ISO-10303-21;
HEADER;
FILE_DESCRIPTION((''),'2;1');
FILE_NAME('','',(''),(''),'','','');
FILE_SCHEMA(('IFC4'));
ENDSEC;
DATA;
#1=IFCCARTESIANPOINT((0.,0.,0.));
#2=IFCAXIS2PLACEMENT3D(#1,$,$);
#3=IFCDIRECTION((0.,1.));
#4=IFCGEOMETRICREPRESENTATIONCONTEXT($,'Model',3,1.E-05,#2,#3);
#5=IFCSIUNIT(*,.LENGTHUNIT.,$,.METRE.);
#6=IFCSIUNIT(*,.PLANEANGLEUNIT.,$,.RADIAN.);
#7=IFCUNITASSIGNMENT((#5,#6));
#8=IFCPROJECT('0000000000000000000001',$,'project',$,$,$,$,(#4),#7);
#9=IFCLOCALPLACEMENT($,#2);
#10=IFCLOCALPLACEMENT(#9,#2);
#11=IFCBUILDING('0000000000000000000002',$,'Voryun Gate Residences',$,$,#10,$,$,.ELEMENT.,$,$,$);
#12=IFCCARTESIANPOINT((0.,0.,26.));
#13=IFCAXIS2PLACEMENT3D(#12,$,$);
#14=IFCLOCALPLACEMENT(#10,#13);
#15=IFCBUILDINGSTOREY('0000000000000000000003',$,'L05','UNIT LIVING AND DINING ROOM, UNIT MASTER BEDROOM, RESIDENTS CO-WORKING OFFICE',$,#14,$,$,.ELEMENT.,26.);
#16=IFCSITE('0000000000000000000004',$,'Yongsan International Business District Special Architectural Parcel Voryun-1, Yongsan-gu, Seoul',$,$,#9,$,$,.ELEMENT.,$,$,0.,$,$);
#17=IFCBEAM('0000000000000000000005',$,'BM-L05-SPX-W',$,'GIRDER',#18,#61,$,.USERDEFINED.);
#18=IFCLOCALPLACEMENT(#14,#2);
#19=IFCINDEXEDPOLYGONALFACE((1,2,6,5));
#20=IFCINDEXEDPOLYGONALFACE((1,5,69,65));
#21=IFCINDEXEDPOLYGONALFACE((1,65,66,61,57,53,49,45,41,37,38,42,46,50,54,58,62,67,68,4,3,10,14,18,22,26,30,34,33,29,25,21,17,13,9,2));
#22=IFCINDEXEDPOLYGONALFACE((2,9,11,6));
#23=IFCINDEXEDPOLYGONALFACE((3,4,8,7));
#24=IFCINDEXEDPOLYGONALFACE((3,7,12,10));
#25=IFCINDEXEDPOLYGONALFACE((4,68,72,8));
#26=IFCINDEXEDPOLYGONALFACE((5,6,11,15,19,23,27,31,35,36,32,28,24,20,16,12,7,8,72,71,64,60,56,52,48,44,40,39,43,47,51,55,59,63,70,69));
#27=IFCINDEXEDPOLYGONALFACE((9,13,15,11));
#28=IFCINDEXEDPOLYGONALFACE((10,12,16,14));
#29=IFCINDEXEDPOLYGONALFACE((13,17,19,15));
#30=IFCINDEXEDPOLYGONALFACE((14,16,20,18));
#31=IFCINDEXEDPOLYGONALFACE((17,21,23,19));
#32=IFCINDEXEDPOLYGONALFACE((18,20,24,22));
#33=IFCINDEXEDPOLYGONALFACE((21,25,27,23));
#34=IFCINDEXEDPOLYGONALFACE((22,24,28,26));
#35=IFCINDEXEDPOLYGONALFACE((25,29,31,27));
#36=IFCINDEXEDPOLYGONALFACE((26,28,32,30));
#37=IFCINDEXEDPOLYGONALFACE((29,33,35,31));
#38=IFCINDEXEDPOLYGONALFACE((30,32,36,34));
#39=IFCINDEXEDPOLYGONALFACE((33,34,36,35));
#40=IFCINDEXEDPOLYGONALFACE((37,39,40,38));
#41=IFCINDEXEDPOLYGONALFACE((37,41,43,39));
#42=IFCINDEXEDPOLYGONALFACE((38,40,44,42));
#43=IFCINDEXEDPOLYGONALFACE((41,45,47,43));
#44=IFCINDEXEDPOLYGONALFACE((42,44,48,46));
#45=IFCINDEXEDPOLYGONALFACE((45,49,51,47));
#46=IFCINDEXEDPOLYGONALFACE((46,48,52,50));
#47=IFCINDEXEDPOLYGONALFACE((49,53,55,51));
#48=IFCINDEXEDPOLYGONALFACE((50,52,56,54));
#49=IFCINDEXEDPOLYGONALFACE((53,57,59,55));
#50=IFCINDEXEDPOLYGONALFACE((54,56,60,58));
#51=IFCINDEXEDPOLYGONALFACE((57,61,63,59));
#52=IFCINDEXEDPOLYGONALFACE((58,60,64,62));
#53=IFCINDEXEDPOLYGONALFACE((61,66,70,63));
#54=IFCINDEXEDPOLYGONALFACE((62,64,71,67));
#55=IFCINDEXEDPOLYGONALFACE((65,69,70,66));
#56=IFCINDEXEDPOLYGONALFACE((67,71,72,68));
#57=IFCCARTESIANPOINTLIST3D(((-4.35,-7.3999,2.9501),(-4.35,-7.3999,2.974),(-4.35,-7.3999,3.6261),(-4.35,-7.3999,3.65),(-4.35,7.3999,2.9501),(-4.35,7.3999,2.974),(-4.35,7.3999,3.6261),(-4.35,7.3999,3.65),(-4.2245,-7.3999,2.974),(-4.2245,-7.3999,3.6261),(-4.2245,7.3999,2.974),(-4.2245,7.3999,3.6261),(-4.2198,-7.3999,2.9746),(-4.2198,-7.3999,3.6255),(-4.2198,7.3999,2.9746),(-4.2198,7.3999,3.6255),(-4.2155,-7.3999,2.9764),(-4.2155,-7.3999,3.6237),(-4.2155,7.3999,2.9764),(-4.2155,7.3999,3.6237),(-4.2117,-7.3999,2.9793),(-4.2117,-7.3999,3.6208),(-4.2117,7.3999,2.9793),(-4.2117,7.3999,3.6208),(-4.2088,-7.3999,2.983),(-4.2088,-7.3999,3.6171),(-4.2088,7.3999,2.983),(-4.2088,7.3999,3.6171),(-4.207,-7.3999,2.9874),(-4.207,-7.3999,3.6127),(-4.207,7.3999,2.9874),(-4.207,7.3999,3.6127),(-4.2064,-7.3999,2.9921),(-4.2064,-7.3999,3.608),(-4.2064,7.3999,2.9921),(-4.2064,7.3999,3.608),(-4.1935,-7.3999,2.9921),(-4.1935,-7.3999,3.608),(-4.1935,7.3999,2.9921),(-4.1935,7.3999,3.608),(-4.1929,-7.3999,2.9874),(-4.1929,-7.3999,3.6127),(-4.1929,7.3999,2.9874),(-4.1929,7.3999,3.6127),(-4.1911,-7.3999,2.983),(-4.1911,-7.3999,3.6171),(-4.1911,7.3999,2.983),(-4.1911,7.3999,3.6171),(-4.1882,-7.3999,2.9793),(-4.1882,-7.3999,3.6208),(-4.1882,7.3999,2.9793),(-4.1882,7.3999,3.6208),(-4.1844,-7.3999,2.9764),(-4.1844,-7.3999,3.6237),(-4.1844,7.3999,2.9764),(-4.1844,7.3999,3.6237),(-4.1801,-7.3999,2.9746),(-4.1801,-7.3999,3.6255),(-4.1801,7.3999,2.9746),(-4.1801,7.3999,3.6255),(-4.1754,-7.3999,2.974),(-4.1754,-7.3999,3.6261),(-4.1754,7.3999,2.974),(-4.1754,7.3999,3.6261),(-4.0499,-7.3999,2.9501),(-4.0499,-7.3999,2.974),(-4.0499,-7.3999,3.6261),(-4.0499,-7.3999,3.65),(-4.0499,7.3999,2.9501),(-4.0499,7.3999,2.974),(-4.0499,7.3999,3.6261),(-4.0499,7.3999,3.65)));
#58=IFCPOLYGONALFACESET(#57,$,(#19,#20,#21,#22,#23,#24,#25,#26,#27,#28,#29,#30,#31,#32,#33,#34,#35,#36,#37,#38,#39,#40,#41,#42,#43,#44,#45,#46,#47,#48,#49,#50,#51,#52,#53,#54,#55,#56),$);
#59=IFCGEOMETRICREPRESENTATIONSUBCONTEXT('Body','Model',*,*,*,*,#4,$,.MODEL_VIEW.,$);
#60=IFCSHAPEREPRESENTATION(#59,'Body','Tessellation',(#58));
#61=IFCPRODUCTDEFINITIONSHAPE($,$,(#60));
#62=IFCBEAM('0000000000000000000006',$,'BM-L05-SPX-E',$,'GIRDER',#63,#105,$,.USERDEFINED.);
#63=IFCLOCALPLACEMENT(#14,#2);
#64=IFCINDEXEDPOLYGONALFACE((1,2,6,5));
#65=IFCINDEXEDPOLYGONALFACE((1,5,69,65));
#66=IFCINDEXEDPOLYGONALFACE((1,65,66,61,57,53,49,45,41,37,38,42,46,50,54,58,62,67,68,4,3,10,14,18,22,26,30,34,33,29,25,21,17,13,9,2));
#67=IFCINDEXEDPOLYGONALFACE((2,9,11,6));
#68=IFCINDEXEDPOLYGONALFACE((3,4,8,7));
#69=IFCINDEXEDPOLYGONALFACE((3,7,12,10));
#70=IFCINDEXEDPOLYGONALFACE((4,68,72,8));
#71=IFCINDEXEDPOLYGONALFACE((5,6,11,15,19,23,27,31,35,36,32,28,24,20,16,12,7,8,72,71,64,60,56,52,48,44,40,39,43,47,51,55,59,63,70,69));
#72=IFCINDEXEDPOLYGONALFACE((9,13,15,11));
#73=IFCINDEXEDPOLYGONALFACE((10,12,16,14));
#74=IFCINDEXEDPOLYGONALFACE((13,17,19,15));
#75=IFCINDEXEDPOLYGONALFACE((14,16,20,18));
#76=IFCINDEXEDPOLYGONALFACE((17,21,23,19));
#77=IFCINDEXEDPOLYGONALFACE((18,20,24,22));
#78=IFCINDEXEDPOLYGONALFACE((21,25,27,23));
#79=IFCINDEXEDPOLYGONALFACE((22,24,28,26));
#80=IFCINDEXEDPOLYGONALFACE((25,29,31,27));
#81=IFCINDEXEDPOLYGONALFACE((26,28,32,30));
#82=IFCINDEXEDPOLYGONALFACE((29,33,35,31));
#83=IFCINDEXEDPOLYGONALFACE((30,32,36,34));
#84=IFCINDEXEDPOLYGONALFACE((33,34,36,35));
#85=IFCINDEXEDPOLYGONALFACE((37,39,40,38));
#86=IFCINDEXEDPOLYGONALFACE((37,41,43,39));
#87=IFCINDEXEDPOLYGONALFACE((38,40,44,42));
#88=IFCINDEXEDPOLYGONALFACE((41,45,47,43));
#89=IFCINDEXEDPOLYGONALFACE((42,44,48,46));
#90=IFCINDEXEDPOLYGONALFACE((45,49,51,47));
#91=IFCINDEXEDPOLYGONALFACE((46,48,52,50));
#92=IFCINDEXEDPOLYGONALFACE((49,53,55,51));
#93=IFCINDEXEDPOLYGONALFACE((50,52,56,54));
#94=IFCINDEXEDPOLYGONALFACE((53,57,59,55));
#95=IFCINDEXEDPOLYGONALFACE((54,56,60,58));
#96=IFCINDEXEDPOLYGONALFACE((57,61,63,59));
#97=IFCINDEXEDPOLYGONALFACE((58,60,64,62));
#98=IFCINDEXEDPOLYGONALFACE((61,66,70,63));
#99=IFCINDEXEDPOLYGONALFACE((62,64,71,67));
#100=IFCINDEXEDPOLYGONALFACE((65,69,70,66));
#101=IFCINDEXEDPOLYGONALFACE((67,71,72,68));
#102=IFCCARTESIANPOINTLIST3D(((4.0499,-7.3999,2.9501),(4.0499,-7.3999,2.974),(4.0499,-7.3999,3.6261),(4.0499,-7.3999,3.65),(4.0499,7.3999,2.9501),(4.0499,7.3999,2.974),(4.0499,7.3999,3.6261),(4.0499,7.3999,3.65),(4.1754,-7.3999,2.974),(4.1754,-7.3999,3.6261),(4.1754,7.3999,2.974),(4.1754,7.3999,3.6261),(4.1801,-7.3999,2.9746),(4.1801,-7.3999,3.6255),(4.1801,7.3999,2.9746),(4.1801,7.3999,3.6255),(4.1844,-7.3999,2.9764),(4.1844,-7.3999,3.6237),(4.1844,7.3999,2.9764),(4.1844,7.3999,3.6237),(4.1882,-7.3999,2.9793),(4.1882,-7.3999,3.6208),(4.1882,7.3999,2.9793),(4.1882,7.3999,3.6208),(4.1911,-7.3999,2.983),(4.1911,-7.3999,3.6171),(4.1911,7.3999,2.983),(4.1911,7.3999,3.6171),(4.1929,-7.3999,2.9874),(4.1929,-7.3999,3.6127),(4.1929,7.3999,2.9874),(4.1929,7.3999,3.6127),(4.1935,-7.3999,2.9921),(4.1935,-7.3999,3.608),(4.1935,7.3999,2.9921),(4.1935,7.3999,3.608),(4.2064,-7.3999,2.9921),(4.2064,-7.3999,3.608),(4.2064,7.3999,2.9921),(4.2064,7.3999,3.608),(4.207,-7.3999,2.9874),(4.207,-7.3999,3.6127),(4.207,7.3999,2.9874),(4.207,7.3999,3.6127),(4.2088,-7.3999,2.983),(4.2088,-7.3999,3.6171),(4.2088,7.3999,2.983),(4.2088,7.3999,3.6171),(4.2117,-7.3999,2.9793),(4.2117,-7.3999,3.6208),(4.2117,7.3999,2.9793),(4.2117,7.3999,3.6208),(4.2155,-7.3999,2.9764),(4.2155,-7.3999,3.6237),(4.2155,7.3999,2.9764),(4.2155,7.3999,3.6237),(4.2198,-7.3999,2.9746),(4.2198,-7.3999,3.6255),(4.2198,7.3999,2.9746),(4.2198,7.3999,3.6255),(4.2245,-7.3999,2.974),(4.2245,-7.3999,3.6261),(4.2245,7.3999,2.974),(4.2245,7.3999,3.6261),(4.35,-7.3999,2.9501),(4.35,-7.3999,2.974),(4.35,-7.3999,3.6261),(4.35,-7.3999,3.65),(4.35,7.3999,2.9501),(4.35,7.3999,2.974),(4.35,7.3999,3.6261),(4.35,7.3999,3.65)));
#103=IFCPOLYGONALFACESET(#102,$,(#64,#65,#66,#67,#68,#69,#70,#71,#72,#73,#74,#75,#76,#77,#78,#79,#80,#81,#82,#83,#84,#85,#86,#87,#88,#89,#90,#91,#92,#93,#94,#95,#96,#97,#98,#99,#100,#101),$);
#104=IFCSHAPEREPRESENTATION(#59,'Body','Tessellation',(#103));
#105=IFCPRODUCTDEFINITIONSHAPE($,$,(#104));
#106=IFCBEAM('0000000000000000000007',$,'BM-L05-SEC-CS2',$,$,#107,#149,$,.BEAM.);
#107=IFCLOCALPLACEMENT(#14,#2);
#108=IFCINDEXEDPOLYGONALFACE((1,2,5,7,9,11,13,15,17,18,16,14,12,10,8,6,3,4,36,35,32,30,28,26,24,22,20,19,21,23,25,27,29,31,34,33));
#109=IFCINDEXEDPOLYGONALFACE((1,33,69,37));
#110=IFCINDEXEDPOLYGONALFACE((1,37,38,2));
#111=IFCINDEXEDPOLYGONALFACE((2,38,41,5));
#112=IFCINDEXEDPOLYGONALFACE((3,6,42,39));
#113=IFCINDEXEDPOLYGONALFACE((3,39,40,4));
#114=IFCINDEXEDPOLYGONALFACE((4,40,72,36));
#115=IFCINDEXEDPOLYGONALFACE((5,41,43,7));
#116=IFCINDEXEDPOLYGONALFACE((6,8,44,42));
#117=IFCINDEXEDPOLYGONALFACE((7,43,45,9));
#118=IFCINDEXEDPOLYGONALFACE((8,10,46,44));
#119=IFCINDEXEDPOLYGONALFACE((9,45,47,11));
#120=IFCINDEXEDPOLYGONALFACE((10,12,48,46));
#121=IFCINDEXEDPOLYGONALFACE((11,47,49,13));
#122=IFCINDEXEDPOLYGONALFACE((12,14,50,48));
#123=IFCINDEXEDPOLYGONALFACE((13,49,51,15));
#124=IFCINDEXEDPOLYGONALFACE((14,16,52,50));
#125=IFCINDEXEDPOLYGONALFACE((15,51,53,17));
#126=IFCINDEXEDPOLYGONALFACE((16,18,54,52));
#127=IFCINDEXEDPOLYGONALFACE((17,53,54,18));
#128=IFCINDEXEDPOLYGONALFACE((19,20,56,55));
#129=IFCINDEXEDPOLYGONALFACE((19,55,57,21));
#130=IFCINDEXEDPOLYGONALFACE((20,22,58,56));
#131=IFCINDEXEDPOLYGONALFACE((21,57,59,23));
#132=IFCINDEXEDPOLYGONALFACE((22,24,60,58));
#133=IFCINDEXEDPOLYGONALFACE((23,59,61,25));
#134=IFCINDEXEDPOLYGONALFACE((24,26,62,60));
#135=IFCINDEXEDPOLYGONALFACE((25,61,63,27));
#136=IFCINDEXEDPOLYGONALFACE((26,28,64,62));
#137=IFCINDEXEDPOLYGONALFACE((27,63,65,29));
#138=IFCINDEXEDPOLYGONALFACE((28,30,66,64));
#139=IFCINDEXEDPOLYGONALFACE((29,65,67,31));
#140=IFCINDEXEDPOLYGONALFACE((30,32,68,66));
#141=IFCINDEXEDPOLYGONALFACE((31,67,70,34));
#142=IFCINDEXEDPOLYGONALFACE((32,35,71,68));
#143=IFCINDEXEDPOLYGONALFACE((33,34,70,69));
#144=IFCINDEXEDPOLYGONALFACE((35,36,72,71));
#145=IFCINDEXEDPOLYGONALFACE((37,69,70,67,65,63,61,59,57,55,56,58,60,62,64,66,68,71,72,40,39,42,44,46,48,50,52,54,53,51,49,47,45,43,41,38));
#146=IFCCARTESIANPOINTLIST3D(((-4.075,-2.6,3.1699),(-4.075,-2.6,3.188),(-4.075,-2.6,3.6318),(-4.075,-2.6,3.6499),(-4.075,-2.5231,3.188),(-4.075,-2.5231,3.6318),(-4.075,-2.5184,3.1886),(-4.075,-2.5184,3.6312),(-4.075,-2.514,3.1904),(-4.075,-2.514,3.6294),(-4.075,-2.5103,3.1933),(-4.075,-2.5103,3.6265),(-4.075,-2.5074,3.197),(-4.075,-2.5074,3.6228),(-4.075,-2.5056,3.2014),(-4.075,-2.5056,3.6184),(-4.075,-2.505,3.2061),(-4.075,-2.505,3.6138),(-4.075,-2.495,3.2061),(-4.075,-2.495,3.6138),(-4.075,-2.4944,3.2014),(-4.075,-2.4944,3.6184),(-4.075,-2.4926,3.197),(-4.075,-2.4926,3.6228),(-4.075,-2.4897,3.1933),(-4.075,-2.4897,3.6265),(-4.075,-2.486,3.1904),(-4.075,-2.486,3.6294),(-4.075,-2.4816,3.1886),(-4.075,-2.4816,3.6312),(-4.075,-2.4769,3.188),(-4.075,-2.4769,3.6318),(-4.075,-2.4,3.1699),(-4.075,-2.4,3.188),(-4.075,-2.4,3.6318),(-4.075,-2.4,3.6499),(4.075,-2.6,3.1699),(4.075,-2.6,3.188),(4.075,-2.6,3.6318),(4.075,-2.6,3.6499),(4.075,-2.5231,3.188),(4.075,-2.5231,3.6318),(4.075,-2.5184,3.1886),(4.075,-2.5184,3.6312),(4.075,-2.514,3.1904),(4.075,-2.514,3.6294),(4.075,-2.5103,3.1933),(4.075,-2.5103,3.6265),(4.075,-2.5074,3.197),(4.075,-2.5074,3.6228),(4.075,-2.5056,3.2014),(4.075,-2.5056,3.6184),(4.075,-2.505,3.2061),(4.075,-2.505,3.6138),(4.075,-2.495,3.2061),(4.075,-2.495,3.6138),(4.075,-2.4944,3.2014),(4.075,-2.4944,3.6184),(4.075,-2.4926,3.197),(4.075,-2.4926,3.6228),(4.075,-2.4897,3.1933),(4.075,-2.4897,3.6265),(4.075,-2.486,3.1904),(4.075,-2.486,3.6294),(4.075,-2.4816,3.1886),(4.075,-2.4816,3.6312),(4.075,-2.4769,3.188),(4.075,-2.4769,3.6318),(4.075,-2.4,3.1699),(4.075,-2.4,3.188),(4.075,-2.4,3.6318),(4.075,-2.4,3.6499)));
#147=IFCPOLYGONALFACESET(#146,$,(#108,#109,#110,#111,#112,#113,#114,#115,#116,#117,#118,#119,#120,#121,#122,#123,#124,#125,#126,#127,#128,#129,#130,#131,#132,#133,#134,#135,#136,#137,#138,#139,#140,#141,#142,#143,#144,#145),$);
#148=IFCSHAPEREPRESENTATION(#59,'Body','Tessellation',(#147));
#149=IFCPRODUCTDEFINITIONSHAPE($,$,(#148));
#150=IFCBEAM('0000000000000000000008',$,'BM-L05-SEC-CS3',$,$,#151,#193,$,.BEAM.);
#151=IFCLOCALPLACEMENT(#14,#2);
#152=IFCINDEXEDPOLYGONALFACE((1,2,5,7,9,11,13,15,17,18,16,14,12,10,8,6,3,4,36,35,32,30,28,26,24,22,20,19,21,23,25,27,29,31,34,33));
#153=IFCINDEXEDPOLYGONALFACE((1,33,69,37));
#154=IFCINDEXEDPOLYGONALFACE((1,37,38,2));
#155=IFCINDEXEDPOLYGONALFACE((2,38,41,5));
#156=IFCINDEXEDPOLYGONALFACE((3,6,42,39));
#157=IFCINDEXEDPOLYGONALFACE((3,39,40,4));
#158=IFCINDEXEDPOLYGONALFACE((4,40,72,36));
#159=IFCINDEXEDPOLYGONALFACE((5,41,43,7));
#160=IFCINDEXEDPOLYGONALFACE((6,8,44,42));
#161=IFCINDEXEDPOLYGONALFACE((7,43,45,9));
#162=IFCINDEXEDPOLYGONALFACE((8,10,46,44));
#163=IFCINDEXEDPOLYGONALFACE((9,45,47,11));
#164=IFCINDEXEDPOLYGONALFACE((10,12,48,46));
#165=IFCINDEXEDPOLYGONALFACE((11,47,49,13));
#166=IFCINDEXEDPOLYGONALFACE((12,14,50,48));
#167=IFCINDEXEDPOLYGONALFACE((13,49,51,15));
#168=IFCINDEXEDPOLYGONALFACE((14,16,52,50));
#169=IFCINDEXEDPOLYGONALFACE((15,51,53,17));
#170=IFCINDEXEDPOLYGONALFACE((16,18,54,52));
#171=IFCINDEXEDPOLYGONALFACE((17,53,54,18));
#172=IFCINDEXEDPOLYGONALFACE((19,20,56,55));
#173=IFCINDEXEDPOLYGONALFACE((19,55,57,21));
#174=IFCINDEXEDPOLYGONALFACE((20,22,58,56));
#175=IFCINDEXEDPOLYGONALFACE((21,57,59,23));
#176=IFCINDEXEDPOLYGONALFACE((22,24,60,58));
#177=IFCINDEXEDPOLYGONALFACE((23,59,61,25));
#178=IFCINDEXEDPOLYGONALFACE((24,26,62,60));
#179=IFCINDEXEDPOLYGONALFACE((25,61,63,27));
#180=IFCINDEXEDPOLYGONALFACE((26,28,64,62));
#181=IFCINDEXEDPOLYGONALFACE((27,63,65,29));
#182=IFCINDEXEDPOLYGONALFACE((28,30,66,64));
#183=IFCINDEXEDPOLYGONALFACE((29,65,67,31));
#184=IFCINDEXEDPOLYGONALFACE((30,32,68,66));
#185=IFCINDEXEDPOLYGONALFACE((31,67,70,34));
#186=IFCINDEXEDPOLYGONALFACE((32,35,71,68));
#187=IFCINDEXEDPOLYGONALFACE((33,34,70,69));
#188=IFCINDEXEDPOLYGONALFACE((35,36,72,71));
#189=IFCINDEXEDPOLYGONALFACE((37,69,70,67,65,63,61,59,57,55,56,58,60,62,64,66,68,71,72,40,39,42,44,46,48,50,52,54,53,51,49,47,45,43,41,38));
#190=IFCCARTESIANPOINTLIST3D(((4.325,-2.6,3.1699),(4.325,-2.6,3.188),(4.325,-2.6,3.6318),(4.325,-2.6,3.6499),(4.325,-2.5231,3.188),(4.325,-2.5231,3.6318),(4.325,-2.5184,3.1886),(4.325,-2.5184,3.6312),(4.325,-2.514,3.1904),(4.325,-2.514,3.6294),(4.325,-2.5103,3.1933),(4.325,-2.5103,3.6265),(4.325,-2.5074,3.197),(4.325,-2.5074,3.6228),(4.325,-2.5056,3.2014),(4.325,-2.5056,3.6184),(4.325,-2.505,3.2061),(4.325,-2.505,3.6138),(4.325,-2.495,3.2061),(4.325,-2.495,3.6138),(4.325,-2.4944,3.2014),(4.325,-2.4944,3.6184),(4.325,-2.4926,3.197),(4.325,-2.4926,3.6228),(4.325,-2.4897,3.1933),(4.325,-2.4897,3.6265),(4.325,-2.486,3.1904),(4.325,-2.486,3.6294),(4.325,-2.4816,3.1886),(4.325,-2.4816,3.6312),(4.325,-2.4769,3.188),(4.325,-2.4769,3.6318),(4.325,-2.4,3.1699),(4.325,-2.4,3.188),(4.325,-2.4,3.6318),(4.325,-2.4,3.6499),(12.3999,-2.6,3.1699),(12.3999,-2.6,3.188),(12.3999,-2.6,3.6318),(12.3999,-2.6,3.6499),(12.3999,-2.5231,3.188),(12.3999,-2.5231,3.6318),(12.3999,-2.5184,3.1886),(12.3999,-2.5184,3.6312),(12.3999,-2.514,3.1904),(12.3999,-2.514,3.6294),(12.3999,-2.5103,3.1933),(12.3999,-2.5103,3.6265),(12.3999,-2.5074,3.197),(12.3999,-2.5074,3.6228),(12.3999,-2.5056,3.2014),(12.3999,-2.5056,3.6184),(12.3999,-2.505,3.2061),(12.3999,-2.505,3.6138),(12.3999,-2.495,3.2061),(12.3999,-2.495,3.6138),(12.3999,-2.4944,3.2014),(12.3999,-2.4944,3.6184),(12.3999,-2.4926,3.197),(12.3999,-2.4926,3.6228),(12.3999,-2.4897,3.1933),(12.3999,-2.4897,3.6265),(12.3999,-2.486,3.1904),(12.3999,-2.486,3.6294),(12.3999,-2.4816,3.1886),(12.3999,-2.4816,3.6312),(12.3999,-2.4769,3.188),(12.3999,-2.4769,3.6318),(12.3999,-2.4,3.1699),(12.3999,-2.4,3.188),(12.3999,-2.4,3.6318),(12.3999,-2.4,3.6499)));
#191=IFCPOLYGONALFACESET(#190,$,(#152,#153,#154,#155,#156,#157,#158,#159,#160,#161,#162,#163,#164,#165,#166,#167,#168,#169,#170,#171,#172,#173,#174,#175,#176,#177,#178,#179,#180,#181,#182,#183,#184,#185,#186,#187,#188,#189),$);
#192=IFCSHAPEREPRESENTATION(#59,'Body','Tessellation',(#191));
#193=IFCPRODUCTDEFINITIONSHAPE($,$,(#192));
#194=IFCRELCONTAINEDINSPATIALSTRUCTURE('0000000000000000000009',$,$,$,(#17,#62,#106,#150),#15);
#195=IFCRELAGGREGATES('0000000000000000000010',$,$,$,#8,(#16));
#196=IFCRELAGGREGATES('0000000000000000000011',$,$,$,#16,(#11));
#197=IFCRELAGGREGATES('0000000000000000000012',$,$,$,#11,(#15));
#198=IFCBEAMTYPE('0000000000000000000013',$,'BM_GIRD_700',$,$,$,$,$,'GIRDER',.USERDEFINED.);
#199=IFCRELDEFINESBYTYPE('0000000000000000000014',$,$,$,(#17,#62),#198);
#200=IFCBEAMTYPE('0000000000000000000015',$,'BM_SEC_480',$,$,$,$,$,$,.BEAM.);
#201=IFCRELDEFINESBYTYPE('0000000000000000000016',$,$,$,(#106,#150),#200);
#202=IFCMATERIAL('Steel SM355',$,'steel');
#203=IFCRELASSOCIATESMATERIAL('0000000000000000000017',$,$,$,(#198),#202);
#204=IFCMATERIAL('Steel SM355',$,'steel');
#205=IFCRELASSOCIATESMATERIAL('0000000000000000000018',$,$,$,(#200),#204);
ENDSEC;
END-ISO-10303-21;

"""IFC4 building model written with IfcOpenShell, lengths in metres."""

from ifc_helpers import new_model, si_unit, direction, frame, origin, origin_2d, place, context, subcontext, project, spatial, i_section, extrude, material, material_profile, profile_set, type_object, element, save


model = new_model("IFC4")

# Units and contexts
model_context = context("Model", 3, precision=1e-05, world=origin(), true_north=direction((0.0, 1.0)))
body_context = subcontext(model_context, "Body", "Model", "MODEL_VIEW")
ifc_project = project(units=[si_unit("LENGTHUNIT", "METRE"), si_unit("PLANEANGLEUNIT", "RADIAN")], contexts=[model_context])

# Site, building, storey
site_placement = place(None, origin())
site = spatial("IfcSite", under=ifc_project, at=site_placement, Name="Yongsan International Business District Special Architectural Parcel Voryun-1, Yongsan-gu, Seoul", CompositionType="ELEMENT", RefElevation=0.0)
building_placement = place(site_placement, origin())
building = spatial("IfcBuilding", under=site, at=building_placement, Name="Voryun Gate Residences", CompositionType="ELEMENT")
storey_placement = place(building_placement, frame((0.0, 0.0, 26.0)))
storey = spatial("IfcBuildingStorey", under=building, at=storey_placement, Name="L05", Description="UNIT LIVING AND DINING ROOM, UNIT MASTER BEDROOM, RESIDENTS CO-WORKING OFFICE", CompositionType="ELEMENT", Elevation=26.0)

# Beams
ifc_material_1 = material(Name="Steel SM355", Category="steel")
ifc_material_profile_1 = material_profile(ifc_material_1, i_section(OverallWidth=0.3, OverallDepth=0.7, WebThickness=0.0129, FlangeThickness=0.0239, FilletRadius=0.0181, at=origin_2d()), Name="H-700x300x13x24")
ifc_profile_set_1 = profile_set([ifc_material_profile_1], Name="Steel SM355")
beam_type_1 = type_object("IfcBeamType", Name="BM_GIRD_700", ElementType="GIRDER", PredefinedType="USERDEFINED", material=ifc_profile_set_1)
for number, where, z_axis, x_axis, name in (
    (1, (-4.2, -7.3999, 3.3), (0.0, 1.0, 0.0), (-1.0, 0.0, 0.0), "BM-L05-SPX-W"),
    (2, (4.2, -7.3999, 3.3), (0.0, 1.0, 0.0), (-1.0, 0.0, 0.0), "BM-L05-SPX-E"),
):
    element("IfcBeam", number, at=place(storey_placement, frame(where, z_axis=z_axis, x_axis=x_axis)), inside=storey, type_object=beam_type_1, Name=name, ObjectType="GIRDER", PredefinedType="USERDEFINED", context=body_context, shape_type="SweptSolid", body=[
        extrude(i_section(OverallWidth=0.3, OverallDepth=0.7, WebThickness=0.0129, FlangeThickness=0.0239, FilletRadius=0.0181, at=origin_2d()), origin(), (0.0, 0.0, 1.0), 14.7998),
    ])
ifc_material_2 = material(Name="Steel SM355", Category="steel")
ifc_material_profile_2 = material_profile(ifc_material_2, i_section(OverallWidth=0.2, OverallDepth=0.48, WebThickness=0.01, FlangeThickness=0.0181, FilletRadius=0.0181, at=origin_2d()), Name="H-480x200x10x18")
ifc_profile_set_2 = profile_set([ifc_material_profile_2], Name="Steel SM355")
beam_type_2 = type_object("IfcBeamType", Name="BM_SEC_480", PredefinedType="BEAM", material=ifc_profile_set_2)
beam_1_placement = place(storey_placement, frame((-4.075, -2.5, 3.4099), z_axis=(1.0, 0.0, 0.0), x_axis=(0.0, 1.0, 0.0)))
element("IfcBeam", 3, at=beam_1_placement, inside=storey, type_object=beam_type_2, Name="BM-L05-SEC-CS2", PredefinedType="BEAM", context=body_context, shape_type="SweptSolid", body=[
    extrude(i_section(OverallWidth=0.2, OverallDepth=0.48, WebThickness=0.01, FlangeThickness=0.0181, FilletRadius=0.0181, at=origin_2d()), origin(), (0.0, 0.0, 1.0), 8.1499),
])
beam_2_placement = place(storey_placement, frame((4.325, -2.5, 3.4099), z_axis=(1.0, 0.0, 0.0), x_axis=(0.0, 1.0, 0.0)))
element("IfcBeam", 4, at=beam_2_placement, inside=storey, type_object=beam_type_2, Name="BM-L05-SEC-CS3", PredefinedType="BEAM", context=body_context, shape_type="SweptSolid", body=[
    extrude(i_section(OverallWidth=0.2, OverallDepth=0.48, WebThickness=0.01, FlangeThickness=0.0181, FilletRadius=0.0181, at=origin_2d()), origin(), (0.0, 0.0, 1.0), 8.075),
])

save(model, "model.ifc")
